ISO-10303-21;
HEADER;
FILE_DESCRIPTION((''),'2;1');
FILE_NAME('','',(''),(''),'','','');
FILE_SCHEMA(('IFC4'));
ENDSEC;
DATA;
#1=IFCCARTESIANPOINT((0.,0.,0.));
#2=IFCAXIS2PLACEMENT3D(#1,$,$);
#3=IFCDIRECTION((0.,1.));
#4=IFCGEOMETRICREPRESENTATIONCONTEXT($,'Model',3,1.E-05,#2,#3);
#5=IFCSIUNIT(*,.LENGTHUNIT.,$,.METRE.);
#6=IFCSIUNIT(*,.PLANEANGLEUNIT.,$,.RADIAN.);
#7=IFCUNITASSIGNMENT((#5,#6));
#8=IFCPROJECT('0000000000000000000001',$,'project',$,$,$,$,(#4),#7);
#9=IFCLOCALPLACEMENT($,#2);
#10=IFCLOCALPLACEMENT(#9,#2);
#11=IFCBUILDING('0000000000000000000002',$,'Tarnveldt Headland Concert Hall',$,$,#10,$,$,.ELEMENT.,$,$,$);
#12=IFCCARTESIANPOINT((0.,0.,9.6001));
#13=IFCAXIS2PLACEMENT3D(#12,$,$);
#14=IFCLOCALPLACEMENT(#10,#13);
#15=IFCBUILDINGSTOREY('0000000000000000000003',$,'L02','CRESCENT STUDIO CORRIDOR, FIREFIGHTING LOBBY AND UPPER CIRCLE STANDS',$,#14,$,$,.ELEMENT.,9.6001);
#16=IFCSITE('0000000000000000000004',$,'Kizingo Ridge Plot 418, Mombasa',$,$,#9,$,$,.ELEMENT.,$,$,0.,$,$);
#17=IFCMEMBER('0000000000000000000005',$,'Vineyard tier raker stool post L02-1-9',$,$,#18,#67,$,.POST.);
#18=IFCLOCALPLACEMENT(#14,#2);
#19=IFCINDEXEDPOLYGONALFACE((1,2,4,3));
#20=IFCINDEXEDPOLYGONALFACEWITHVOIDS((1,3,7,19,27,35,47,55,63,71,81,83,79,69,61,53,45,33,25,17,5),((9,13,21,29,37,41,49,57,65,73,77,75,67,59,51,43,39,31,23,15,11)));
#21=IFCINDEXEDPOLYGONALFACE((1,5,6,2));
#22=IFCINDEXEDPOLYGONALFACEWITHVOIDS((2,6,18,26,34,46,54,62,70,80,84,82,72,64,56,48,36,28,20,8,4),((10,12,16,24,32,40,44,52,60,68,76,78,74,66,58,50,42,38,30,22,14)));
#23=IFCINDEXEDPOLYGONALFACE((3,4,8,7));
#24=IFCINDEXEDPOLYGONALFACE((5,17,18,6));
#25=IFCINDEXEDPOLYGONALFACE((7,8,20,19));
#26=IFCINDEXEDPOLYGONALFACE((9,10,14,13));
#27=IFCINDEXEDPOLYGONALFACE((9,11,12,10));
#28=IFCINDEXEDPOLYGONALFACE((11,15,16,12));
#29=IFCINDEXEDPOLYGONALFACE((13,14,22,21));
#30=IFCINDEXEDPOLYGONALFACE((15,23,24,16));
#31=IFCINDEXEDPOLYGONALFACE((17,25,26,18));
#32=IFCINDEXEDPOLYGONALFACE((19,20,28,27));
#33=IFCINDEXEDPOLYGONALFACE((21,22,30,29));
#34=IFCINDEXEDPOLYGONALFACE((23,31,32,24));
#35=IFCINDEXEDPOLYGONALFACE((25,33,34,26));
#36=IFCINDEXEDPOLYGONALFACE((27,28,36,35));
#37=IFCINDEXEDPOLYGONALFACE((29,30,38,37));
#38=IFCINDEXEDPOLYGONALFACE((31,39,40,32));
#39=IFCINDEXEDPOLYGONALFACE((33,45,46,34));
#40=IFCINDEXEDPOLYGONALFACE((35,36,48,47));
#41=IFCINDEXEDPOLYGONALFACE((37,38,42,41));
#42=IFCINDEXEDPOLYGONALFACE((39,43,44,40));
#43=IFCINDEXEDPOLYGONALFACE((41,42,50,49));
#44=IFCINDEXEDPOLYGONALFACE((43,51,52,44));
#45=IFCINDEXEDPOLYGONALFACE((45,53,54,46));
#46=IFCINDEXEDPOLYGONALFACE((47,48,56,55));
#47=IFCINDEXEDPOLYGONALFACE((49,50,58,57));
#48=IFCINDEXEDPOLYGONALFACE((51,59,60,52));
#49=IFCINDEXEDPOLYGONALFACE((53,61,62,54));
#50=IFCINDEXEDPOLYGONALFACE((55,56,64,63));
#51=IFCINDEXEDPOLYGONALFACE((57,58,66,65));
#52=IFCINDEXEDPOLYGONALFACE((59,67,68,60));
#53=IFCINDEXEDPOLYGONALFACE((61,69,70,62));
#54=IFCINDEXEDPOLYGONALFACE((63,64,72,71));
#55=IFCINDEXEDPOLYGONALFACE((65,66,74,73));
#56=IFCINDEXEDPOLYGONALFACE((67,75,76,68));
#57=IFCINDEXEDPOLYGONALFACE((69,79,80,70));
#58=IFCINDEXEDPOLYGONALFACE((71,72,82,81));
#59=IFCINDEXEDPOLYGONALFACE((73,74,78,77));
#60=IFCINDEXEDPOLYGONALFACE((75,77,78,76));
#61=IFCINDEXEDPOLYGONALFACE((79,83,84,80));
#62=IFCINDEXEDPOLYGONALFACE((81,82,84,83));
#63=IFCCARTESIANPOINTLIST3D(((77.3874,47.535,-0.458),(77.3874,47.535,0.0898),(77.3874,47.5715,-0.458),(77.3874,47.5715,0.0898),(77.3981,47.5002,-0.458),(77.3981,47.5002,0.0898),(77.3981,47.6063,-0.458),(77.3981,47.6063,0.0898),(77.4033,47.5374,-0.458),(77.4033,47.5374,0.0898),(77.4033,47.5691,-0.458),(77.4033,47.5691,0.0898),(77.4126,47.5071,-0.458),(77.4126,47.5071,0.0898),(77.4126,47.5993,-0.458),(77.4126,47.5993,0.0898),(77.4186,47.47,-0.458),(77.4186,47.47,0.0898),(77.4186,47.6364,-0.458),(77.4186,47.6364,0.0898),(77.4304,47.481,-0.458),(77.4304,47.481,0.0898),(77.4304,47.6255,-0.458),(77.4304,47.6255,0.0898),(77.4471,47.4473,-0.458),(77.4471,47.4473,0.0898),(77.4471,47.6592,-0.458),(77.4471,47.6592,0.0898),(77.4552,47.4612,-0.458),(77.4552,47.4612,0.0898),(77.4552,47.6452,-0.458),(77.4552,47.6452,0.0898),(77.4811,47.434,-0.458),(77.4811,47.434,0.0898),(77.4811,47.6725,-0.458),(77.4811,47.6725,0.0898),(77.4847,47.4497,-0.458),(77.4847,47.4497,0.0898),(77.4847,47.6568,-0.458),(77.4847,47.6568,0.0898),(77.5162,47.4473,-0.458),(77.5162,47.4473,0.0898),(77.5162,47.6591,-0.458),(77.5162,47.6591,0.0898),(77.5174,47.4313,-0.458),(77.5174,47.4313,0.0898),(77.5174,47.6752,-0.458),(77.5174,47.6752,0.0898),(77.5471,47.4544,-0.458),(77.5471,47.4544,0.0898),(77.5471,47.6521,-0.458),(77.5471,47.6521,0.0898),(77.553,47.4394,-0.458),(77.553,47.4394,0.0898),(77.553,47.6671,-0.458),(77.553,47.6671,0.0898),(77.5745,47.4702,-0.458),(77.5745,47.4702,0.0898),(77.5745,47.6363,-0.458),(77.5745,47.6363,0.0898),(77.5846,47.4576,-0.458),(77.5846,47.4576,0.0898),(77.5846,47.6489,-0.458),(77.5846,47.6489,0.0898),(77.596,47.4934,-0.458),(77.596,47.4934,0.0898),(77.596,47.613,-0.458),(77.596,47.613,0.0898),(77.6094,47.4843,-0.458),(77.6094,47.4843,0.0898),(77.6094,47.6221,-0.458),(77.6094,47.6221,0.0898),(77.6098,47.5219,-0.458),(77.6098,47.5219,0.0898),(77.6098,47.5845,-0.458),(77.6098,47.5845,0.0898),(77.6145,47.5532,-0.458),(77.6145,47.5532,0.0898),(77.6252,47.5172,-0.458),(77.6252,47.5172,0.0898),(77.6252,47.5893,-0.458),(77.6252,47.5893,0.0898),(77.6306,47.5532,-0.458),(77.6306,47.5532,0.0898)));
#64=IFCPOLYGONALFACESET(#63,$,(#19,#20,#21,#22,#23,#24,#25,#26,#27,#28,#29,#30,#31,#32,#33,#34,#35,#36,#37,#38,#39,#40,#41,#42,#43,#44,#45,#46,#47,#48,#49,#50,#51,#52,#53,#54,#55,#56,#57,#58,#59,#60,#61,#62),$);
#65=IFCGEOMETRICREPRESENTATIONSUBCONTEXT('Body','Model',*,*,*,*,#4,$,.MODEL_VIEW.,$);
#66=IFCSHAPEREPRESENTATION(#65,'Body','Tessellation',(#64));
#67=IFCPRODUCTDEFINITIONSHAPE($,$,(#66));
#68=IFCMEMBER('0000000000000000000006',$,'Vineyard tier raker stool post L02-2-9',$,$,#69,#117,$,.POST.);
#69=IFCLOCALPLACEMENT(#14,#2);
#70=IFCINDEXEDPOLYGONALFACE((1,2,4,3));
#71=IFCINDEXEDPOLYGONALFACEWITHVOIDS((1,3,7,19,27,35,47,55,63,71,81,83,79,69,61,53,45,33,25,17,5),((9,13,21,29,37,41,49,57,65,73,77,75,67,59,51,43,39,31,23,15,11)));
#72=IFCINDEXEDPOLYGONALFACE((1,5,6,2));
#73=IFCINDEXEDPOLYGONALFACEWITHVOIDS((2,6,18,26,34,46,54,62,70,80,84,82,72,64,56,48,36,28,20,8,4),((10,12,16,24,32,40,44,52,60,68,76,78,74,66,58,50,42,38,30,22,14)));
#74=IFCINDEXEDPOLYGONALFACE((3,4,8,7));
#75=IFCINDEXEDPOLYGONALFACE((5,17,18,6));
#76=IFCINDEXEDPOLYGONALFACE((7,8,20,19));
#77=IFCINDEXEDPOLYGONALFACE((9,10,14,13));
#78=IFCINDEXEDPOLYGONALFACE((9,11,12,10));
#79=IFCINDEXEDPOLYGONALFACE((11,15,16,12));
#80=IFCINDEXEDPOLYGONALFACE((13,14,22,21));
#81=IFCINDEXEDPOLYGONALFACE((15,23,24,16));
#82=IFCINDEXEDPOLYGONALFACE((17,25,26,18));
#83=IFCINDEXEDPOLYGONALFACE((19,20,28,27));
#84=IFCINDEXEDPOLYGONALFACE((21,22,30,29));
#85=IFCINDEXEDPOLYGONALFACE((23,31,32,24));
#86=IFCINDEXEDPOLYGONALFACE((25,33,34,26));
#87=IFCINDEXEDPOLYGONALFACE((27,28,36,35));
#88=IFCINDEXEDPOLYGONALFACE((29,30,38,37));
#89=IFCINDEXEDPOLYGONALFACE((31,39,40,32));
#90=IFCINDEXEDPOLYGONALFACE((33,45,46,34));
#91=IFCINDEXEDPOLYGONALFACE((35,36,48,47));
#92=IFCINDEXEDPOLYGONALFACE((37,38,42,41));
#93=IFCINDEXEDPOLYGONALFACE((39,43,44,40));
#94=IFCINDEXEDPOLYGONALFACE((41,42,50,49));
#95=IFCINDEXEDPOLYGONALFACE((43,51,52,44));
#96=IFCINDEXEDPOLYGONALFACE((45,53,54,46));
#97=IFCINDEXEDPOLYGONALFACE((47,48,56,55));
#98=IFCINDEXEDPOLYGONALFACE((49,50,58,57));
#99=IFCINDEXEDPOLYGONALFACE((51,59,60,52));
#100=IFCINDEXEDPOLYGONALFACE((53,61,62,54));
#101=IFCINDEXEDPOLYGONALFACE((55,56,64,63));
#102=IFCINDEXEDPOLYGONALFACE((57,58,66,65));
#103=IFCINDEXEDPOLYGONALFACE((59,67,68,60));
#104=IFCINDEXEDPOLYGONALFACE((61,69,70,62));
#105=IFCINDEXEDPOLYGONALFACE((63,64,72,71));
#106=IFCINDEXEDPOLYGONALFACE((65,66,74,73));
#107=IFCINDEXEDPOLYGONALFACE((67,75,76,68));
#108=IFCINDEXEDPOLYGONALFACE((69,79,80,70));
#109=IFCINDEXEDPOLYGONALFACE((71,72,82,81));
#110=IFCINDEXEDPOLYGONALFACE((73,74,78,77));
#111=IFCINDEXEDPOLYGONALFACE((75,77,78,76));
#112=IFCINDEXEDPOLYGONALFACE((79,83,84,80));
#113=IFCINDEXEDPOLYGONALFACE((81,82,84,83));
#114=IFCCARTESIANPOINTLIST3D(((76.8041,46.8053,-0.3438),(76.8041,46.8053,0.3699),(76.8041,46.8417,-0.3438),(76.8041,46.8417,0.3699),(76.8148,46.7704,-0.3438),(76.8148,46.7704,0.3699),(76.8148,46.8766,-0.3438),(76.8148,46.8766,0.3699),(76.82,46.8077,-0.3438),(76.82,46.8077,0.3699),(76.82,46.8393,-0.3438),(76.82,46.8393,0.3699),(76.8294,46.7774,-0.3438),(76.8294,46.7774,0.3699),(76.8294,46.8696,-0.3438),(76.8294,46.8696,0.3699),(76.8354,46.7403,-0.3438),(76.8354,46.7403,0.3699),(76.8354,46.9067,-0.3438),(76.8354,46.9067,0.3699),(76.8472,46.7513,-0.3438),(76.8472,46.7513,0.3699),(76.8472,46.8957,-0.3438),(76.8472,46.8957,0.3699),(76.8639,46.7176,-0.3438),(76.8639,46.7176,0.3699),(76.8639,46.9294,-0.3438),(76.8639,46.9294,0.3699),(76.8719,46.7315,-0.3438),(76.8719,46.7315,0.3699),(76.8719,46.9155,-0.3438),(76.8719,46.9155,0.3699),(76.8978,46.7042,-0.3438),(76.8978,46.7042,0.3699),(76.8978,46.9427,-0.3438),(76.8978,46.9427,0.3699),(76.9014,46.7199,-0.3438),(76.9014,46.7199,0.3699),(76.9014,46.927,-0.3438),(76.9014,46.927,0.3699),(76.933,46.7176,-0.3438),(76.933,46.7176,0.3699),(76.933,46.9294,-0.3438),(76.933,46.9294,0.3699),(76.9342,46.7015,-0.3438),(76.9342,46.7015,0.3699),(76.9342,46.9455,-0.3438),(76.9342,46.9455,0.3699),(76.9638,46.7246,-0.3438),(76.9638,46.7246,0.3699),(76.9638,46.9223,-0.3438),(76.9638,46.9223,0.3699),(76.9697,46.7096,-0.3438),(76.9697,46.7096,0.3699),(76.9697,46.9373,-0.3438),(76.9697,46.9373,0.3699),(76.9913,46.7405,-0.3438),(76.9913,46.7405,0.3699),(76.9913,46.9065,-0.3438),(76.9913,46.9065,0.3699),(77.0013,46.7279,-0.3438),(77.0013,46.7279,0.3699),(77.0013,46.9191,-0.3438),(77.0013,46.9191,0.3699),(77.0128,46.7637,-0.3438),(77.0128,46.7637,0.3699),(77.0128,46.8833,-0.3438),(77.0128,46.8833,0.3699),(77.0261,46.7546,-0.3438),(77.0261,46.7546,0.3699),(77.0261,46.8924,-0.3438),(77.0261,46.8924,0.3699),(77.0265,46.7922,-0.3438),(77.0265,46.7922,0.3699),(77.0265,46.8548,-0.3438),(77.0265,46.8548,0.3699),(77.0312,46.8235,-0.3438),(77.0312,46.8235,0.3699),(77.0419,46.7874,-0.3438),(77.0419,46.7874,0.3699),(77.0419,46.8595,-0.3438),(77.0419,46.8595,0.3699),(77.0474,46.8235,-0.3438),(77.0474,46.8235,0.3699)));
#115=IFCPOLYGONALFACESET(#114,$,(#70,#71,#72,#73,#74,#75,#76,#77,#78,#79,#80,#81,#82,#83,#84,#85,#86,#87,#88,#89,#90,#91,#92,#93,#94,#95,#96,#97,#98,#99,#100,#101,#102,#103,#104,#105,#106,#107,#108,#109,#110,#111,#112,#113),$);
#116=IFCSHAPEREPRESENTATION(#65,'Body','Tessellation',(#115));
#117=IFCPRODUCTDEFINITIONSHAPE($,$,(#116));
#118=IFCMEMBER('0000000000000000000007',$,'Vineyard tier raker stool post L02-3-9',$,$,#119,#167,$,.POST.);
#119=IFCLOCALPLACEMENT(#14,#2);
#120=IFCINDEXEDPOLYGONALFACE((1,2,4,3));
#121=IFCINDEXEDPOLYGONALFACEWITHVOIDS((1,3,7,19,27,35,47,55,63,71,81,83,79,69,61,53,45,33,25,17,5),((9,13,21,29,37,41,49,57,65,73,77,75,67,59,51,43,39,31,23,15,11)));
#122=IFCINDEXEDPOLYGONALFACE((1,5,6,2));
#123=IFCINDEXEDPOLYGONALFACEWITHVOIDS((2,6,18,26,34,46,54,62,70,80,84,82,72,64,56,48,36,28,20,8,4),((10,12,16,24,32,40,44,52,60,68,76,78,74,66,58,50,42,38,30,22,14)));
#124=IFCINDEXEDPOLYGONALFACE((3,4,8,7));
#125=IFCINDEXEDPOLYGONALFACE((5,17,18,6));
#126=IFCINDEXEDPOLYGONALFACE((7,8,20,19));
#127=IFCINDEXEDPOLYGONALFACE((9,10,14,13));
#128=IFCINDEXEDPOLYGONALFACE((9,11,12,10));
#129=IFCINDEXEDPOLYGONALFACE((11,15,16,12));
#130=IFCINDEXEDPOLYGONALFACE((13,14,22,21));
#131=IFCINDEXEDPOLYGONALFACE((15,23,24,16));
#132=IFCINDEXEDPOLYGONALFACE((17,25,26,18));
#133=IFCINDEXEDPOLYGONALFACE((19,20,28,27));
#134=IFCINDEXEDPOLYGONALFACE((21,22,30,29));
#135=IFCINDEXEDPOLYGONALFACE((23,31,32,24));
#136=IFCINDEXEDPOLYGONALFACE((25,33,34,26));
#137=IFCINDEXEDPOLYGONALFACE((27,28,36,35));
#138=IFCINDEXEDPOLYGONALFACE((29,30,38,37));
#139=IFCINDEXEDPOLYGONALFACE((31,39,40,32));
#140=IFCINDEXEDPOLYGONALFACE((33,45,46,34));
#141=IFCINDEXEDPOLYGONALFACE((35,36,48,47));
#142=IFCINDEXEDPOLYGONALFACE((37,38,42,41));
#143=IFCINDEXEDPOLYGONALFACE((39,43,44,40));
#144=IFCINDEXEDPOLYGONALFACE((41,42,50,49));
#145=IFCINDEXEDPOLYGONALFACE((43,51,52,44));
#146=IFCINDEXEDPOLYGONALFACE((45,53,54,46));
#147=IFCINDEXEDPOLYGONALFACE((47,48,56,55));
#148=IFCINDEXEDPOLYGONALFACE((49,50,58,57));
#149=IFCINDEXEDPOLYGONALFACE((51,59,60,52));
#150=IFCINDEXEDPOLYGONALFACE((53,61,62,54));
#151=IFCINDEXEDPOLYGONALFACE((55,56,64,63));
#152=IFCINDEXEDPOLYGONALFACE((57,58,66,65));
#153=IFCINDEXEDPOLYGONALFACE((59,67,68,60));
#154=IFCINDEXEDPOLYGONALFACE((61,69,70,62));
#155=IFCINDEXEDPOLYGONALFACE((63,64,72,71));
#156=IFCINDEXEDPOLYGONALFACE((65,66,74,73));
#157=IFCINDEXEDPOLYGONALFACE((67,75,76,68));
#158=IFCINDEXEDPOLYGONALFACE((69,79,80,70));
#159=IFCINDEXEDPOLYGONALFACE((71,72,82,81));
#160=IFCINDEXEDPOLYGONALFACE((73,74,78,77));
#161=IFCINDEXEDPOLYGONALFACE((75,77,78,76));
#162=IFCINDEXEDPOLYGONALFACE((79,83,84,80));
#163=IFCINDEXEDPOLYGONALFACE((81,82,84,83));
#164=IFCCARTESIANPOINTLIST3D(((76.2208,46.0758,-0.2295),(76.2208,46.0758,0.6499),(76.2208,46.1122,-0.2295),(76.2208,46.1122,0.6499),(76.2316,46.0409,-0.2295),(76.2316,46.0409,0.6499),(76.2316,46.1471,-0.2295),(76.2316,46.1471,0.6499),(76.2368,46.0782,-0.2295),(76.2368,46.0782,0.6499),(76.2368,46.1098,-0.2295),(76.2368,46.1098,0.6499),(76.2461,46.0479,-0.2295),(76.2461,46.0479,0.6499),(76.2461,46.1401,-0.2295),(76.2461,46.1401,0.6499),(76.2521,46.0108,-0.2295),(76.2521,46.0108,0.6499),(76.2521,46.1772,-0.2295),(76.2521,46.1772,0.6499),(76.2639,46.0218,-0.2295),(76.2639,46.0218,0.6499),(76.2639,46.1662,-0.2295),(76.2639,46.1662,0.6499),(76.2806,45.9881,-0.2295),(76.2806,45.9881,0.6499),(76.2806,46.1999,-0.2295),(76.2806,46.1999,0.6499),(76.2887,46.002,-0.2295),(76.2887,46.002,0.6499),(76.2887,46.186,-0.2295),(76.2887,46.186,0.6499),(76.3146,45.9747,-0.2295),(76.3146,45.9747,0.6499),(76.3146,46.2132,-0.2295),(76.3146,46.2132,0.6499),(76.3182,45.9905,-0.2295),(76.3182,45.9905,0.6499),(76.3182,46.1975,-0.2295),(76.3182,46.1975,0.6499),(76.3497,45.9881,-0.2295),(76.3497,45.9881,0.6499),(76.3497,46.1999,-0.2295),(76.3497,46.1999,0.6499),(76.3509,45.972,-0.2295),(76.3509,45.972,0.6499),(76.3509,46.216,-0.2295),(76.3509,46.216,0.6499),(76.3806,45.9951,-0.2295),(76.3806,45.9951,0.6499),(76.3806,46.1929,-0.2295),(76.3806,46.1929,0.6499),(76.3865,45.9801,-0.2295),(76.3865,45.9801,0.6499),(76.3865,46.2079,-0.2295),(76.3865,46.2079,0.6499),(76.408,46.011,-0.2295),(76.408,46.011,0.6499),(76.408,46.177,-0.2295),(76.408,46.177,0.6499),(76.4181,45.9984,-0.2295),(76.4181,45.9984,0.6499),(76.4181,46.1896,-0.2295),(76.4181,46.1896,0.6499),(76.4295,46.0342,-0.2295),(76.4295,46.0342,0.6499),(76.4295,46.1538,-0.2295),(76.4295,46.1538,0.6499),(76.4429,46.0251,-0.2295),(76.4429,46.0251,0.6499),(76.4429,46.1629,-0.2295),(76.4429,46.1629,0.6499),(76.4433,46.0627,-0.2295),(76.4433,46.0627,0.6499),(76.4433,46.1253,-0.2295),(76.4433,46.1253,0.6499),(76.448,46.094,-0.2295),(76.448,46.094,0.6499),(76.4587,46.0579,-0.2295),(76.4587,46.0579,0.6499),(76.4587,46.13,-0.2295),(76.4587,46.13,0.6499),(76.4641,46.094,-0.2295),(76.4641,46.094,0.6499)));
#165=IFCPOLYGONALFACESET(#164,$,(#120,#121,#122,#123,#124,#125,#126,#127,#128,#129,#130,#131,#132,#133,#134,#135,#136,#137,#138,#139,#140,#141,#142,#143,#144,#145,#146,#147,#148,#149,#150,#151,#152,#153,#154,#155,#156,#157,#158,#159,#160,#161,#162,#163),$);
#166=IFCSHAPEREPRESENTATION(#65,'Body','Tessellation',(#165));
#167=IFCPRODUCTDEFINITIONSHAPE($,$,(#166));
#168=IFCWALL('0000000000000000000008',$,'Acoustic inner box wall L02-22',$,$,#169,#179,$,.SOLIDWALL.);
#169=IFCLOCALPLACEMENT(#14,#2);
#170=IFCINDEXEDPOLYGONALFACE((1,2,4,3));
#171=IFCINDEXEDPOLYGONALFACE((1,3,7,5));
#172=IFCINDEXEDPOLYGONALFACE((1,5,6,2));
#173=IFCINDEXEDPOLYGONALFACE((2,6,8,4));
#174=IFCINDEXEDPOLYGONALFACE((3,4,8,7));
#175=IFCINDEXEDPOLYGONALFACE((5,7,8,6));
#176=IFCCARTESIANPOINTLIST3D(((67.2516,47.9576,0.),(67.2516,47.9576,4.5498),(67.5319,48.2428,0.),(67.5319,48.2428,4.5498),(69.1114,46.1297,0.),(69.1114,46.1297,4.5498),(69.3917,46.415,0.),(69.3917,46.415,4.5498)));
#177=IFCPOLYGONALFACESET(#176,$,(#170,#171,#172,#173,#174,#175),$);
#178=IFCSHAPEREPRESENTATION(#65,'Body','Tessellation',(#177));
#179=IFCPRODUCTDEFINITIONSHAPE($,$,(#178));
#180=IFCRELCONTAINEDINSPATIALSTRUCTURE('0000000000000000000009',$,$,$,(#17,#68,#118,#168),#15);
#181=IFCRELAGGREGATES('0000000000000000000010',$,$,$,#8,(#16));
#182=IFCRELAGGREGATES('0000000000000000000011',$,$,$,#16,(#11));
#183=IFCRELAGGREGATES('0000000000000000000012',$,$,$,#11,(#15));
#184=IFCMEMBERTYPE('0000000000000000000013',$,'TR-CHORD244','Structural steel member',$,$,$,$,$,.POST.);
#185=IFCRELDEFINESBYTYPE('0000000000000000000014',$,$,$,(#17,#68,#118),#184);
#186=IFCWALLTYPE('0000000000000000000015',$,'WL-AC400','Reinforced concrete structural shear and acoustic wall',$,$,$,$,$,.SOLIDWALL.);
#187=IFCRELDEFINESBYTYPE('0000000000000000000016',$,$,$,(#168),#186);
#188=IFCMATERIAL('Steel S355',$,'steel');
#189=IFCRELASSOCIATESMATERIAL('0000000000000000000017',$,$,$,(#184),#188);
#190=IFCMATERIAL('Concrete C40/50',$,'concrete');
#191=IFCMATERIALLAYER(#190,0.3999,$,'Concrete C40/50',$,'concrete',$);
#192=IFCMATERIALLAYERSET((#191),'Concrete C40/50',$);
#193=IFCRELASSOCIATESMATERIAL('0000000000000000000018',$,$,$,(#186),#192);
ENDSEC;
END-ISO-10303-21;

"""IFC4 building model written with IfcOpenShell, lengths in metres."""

from ifc_helpers import new_model, si_unit, direction, frame, frame_2d, origin, origin_2d, place, context, subcontext, project, spatial, rectangle, hollow_circle, extrude, material, layer, layer_set, material_profile, profile_set, type_object, element, save


model = new_model("IFC4")

# Units and contexts
model_context = context("Model", 3, precision=1e-05, world=origin(), true_north=direction((0.0, 1.0)))
body_context = subcontext(model_context, "Body", "Model", "MODEL_VIEW")
ifc_project = project(units=[si_unit("LENGTHUNIT", "METRE"), si_unit("PLANEANGLEUNIT", "RADIAN")], contexts=[model_context])

# Site, building, storey
site_placement = place(None, origin())
site = spatial("IfcSite", under=ifc_project, at=site_placement, Name="Kizingo Ridge Plot 418, Mombasa", CompositionType="ELEMENT", RefElevation=0.0)
building_placement = place(site_placement, origin())
building = spatial("IfcBuilding", under=site, at=building_placement, Name="Tarnveldt Headland Concert Hall", CompositionType="ELEMENT")
storey_placement = place(building_placement, frame((0.0, 0.0, 9.6001)))
storey = spatial("IfcBuildingStorey", under=building, at=storey_placement, Name="L02", Description="CRESCENT STUDIO CORRIDOR, FIREFIGHTING LOBBY AND UPPER CIRCLE STANDS", CompositionType="ELEMENT", Elevation=9.6001)

# Shared definitions
ifc_material_1 = material(Name="Concrete C40/50", Category="concrete")
ifc_material_2 = material(Name="Steel S355", Category="steel")

# Members
ifc_material_profile_1 = material_profile(ifc_material_2, hollow_circle(Radius=0.1223, WallThickness=0.0161, at=origin_2d()), Name="CHS 244.5x16", Category="steel")
ifc_profile_set_1 = profile_set([ifc_material_profile_1], Name="Steel S355")
member_type = type_object("IfcMemberType", Name="TR-CHORD244", Description="Structural steel member", PredefinedType="POST", material=ifc_profile_set_1)
member_1_placement = place(storey_placement, frame((77.5083, 47.5532, -0.458), z_axis=(0.0, 0.0, 1.0), x_axis=(1.0, 0.0, 0.0)))
element("IfcMember", 1, at=member_1_placement, inside=storey, type_object=member_type, Name="Vineyard tier raker stool post L02-1-9", PredefinedType="POST", context=body_context, shape_type="SweptSolid", body=[
    extrude(hollow_circle(Radius=0.1223, WallThickness=0.0161, at=origin_2d()), origin(), (0.0, 0.0, 1.0), 0.5479),
])
member_2_placement = place(storey_placement, frame((76.925, 46.8235, -0.3438), z_axis=(0.0, 0.0, 1.0), x_axis=(1.0, 0.0, 0.0)))
element("IfcMember", 2, at=member_2_placement, inside=storey, type_object=member_type, Name="Vineyard tier raker stool post L02-2-9", PredefinedType="POST", context=body_context, shape_type="SweptSolid", body=[
    extrude(hollow_circle(Radius=0.1223, WallThickness=0.0161, at=origin_2d()), origin(), (0.0, 0.0, 1.0), 0.7136),
])
member_3_placement = place(storey_placement, frame((76.3418, 46.094, -0.2295), z_axis=(0.0, 0.0, 1.0), x_axis=(1.0, 0.0, 0.0)))
element("IfcMember", 3, at=member_3_placement, inside=storey, type_object=member_type, Name="Vineyard tier raker stool post L02-3-9", PredefinedType="POST", context=body_context, shape_type="SweptSolid", body=[
    extrude(hollow_circle(Radius=0.1223, WallThickness=0.0161, at=origin_2d()), origin(), (0.0, 0.0, 1.0), 0.8794),
])

# Wall
ifc_layer_1 = layer(ifc_material_1, 0.3999, Name="Concrete C40/50", Category="concrete")
ifc_layer_set_1 = layer_set([ifc_layer_1], Name="Concrete C40/50")
wall_type = type_object("IfcWallType", Name="WL-AC400", Description="Reinforced concrete structural shear and acoustic wall", PredefinedType="SOLIDWALL", material=ifc_layer_set_1)
wall_1_placement = place(storey_placement, frame((67.3918, 48.1001, 0.0), z_axis=(0.0, 0.0, 1.0), x_axis=(0.713212, -0.700948, 0.0)))
element("IfcWall", 4, at=wall_1_placement, inside=storey, type_object=wall_type, Name="Acoustic inner box wall L02-22", PredefinedType="SOLIDWALL", context=body_context, shape_type="SweptSolid", body=[
    extrude(rectangle(XDim=2.6077, YDim=0.3999, at=frame_2d((1.3037, 0.0))), origin(), (0.0, 0.0, 1.0), 4.5498),
])

save(model, "model.ifc")
